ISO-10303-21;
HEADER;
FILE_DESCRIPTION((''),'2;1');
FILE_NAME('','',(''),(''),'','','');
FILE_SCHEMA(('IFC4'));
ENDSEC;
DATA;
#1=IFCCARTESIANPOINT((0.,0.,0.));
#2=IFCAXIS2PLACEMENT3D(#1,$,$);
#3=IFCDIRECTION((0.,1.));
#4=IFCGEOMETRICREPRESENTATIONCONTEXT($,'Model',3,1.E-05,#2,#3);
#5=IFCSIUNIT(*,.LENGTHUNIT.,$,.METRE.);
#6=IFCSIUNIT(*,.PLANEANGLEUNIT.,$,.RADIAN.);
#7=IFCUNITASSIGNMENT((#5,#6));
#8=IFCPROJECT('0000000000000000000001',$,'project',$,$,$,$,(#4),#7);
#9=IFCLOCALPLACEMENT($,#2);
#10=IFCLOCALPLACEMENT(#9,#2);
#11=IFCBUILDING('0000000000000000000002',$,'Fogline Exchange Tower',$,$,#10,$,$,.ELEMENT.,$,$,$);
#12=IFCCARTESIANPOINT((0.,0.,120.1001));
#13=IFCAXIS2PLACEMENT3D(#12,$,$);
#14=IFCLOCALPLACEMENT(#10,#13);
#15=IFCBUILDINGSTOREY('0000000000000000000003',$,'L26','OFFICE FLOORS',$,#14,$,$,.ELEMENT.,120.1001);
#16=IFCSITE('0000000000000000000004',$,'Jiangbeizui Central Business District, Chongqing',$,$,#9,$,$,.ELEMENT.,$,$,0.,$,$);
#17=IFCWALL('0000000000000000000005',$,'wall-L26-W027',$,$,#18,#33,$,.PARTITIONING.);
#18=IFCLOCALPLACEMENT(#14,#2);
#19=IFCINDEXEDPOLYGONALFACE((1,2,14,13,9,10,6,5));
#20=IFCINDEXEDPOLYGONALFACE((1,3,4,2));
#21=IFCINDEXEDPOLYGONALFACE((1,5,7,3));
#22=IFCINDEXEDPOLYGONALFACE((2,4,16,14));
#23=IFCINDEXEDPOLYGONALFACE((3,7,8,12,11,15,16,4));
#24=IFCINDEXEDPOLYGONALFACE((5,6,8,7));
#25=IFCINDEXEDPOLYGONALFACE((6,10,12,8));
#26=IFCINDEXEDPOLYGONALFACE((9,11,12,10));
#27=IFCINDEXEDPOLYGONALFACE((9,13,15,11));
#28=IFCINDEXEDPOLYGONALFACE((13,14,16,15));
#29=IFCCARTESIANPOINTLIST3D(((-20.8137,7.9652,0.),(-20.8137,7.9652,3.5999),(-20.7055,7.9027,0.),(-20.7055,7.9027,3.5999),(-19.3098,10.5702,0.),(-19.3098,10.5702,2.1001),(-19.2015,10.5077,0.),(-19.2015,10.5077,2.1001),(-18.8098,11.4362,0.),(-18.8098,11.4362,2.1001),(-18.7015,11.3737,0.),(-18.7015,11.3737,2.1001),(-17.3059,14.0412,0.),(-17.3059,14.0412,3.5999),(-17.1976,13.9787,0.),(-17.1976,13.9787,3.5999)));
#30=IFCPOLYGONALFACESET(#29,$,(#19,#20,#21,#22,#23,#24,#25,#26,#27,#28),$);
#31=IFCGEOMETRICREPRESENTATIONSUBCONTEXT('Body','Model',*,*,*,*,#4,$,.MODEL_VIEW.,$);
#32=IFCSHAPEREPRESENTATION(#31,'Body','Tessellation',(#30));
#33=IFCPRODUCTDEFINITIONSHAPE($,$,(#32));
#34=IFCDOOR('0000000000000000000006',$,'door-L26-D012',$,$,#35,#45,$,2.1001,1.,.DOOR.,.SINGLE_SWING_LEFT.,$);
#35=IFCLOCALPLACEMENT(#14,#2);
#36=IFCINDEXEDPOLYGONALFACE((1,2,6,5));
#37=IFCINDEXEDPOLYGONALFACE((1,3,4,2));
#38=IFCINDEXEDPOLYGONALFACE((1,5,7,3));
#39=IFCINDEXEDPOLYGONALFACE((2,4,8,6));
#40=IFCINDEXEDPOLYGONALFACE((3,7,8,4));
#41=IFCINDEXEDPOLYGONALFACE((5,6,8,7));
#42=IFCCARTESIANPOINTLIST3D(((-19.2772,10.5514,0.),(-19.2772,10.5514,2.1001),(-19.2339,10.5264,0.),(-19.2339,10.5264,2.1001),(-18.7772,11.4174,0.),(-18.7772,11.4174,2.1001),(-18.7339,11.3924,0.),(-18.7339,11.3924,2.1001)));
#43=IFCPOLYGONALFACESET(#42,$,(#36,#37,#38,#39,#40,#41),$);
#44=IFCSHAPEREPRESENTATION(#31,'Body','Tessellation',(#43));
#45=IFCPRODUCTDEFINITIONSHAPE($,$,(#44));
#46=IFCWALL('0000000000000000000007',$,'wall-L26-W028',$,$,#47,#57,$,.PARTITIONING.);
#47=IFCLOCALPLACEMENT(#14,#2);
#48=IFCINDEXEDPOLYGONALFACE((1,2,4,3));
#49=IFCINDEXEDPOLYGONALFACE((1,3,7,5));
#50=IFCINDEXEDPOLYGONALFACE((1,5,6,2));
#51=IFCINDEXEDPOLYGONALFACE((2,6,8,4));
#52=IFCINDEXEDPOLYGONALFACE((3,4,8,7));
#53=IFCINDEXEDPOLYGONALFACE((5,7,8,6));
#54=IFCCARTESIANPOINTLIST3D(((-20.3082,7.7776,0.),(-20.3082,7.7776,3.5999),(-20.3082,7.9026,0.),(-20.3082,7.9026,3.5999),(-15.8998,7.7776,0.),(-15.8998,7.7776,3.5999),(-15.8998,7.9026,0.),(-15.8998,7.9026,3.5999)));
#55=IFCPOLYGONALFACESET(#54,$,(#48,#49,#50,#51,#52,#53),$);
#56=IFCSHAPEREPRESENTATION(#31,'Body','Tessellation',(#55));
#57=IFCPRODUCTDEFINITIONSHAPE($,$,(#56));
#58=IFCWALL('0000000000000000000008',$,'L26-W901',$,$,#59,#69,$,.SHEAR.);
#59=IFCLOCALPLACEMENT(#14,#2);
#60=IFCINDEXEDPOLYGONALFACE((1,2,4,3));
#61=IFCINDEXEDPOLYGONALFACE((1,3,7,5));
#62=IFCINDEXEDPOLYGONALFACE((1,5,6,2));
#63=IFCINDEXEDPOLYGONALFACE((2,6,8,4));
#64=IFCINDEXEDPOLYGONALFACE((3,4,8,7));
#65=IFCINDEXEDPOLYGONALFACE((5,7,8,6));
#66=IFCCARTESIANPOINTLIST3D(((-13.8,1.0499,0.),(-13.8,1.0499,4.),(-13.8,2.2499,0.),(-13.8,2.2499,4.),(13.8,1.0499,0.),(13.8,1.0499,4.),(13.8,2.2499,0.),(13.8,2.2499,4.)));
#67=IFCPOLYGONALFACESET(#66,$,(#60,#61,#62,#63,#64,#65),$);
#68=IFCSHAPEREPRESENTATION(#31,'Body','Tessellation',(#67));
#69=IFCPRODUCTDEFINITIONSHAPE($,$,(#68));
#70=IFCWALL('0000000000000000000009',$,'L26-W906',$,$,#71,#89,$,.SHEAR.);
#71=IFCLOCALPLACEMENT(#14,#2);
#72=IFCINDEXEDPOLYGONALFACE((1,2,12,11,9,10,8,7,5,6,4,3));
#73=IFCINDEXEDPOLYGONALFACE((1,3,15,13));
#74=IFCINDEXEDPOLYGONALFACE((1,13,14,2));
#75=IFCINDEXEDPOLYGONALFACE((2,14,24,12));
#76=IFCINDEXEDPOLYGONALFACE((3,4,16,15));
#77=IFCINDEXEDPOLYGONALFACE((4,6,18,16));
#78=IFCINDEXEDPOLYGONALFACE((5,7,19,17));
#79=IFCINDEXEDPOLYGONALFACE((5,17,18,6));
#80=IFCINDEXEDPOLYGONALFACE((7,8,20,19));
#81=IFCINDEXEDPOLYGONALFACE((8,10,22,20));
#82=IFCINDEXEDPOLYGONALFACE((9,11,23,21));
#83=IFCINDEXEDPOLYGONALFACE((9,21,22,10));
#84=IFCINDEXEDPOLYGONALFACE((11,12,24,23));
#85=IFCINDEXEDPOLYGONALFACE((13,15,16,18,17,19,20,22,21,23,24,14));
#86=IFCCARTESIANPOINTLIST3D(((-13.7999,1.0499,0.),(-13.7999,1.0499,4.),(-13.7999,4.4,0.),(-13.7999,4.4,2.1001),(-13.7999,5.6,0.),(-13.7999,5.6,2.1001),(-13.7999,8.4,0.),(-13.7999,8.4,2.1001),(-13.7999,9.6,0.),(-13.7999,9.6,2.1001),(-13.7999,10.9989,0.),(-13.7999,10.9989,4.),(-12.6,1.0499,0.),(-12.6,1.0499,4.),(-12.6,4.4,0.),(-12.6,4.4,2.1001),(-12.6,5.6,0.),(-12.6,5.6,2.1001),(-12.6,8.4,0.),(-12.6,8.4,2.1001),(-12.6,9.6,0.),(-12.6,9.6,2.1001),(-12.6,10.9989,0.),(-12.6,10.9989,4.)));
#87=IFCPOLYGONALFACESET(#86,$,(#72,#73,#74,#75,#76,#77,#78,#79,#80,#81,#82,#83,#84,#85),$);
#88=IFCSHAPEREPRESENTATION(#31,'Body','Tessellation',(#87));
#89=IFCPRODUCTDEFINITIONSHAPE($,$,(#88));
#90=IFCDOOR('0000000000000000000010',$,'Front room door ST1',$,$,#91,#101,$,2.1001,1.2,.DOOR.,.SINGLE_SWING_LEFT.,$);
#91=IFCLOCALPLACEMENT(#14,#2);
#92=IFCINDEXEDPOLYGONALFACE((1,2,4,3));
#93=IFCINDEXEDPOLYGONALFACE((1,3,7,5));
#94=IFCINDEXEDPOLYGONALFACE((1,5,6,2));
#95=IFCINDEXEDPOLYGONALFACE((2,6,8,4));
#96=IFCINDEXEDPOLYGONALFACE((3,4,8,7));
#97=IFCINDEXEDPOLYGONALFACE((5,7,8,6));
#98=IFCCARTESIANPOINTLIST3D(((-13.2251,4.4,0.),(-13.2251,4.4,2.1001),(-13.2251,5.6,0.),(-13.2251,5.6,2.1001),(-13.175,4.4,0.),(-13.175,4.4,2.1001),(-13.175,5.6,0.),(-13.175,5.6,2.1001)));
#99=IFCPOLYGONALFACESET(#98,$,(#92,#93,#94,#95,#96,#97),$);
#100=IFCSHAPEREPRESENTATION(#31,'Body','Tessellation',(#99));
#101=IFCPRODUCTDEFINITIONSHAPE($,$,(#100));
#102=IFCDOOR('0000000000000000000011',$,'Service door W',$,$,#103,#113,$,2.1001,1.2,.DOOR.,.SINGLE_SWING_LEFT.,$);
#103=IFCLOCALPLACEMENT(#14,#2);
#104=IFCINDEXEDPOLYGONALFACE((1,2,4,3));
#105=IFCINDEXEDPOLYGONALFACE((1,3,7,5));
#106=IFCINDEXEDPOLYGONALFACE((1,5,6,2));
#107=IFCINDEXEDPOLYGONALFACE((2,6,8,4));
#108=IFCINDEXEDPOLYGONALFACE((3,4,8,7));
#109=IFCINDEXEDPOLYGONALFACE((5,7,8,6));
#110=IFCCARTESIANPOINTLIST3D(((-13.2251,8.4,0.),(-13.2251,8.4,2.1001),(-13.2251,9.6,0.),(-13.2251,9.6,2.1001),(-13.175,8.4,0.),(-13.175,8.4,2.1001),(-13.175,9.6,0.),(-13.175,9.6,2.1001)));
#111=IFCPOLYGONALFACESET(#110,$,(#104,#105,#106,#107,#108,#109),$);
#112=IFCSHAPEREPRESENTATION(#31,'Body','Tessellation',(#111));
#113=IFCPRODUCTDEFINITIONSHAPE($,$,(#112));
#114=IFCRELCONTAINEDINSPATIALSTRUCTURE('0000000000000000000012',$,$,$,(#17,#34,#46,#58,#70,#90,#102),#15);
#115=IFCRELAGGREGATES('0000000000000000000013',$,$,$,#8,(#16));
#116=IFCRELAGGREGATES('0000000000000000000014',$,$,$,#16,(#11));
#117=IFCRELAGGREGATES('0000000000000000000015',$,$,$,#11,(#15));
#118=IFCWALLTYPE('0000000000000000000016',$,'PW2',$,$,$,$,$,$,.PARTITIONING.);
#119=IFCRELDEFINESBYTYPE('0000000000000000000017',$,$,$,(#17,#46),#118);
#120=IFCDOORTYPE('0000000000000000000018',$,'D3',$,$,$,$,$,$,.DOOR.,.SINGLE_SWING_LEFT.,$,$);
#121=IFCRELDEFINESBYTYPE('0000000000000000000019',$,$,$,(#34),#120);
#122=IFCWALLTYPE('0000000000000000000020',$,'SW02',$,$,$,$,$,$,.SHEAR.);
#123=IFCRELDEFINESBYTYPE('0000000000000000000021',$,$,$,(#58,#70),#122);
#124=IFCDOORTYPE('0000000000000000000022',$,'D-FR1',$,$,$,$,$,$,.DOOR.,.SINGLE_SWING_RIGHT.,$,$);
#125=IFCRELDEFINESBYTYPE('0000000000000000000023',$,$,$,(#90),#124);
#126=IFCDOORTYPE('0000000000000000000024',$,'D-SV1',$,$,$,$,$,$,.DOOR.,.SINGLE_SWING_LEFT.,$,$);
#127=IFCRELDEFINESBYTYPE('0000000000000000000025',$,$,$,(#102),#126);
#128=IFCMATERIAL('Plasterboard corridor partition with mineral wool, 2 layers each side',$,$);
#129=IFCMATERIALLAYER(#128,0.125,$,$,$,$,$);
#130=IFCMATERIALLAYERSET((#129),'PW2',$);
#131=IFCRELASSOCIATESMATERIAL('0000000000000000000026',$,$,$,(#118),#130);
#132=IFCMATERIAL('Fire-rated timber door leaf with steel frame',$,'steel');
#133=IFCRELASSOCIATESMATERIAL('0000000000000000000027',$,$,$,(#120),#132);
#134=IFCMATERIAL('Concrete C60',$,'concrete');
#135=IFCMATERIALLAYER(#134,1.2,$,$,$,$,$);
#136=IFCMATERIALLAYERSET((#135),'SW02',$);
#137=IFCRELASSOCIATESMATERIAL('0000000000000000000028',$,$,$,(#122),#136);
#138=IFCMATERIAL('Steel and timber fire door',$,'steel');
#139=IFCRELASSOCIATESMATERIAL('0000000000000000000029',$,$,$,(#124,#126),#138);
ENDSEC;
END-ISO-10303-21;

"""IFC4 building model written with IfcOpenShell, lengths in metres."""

from ifc_helpers import new_model, si_unit, direction, frame, frame_2d, origin, place, context, subcontext, project, spatial, rectangle, extrude, material, layer, layer_set, type_object, element, fill, save


model = new_model("IFC4")

# Units and contexts
model_context = context("Model", 3, precision=1e-05, world=origin(), true_north=direction((0.0, 1.0)))
body_context = subcontext(model_context, "Body", "Model", "MODEL_VIEW")
ifc_project = project(units=[si_unit("LENGTHUNIT", "METRE"), si_unit("PLANEANGLEUNIT", "RADIAN")], contexts=[model_context])

# Site, building, storey
site_placement = place(None, origin())
site = spatial("IfcSite", under=ifc_project, at=site_placement, Name="Jiangbeizui Central Business District, Chongqing", CompositionType="ELEMENT", RefElevation=0.0)
building_placement = place(site_placement, origin())
building = spatial("IfcBuilding", under=site, at=building_placement, Name="Fogline Exchange Tower", CompositionType="ELEMENT")
storey_placement = place(building_placement, frame((0.0, 0.0, 120.1001)))
storey = spatial("IfcBuildingStorey", under=building, at=storey_placement, Name="L26", Description="OFFICE FLOORS", CompositionType="ELEMENT", Elevation=120.1001)

# Shared definitions
ifc_material_1 = material(Name="Plasterboard corridor partition with mineral wool, 2 layers each side")
ifc_layer_1 = layer(ifc_material_1, 0.125)
ifc_layer_set_1 = layer_set([ifc_layer_1], Name="PW2")
wall_type_1 = type_object("IfcWallType", Name="PW2", PredefinedType="PARTITIONING", material=ifc_layer_set_1)

# Shared definitions
ifc_material_2 = material(Name="Fire-rated timber door leaf with steel frame", Category="steel")
door_type_1 = type_object("IfcDoorType", Name="D3", OperationType="SINGLE_SWING_LEFT", PredefinedType="DOOR", material=ifc_material_2)

# Wall, opening, door
wall_1_placement = place(storey_placement, frame((-20.7595, 7.9341, 0.0), z_axis=(0.0, 0.0, 1.0), x_axis=(0.499987, 0.866033, 0.0)))
wall_1 = element("IfcWall", 1, at=wall_1_placement, inside=storey, type_object=wall_type_1, Name="wall-L26-W027", PredefinedType="PARTITIONING", context=body_context, shape_type="SweptSolid", body=[
    extrude(rectangle(XDim=7.0159, YDim=0.125, at=frame_2d((3.5078, 0.0))), origin(), (0.0, 0.0, 1.0), 3.5999),
])
opening_1_placement = place(wall_1_placement, frame((3.0078, 0.0, 0.0)))
opening_1 = element("IfcOpeningElement", 2, at=opening_1_placement, cuts=wall_1, PredefinedType="OPENING", context=body_context, shape_type="SweptSolid", body=[
    extrude(rectangle(XDim=1.0, YDim=2.1001, at=frame_2d((0.5, 1.05))), frame((0.0, 0.0725, 0.0), z_axis=(0.0, -1.0, 0.0), x_axis=(1.0, 0.0, 0.0)), (0.0, 0.0, 1.0), 0.145),
])
door_1_placement = place(opening_1_placement, origin())
door_1 = element("IfcDoor", 3, at=door_1_placement, inside=storey, type_object=door_type_1, Name="door-L26-D012", OperationType="SINGLE_SWING_LEFT", OverallHeight=2.1001, OverallWidth=1.0, PredefinedType="DOOR", context=body_context, shape_type="SweptSolid", body=[
    extrude(rectangle(XDim=1.0, YDim=2.1001, at=frame_2d((0.5, 1.05))), frame((0.0, 0.0249, 0.0), z_axis=(0.0, -1.0, 0.0), x_axis=(1.0, 0.0, 0.0)), (0.0, 0.0, 1.0), 0.05),
])
fill(opening_1, door_1)

# Walls
wall_2_placement = place(storey_placement, frame((-15.8999, 7.8401, 0.0), z_axis=(0.0, 0.0, 1.0), x_axis=(-1.0, 0.0, 0.0)))
element("IfcWall", 4, at=wall_2_placement, inside=storey, type_object=wall_type_1, Name="wall-L26-W028", PredefinedType="PARTITIONING", context=body_context, shape_type="SweptSolid", body=[
    extrude(rectangle(XDim=4.4084, YDim=0.125, at=frame_2d((2.2041, 0.0))), origin(), (0.0, 0.0, 1.0), 3.5999),
])
ifc_material_3 = material(Name="Concrete C60", Category="concrete")
ifc_layer_2 = layer(ifc_material_3, 1.2)
ifc_layer_set_2 = layer_set([ifc_layer_2], Name="SW02")
wall_type_2 = type_object("IfcWallType", Name="SW02", PredefinedType="SHEAR", material=ifc_layer_set_2)
wall_3_placement = place(storey_placement, frame((-13.8, 1.6499, 0.0), z_axis=(0.0, 0.0, 1.0), x_axis=(1.0, 0.0, 0.0)))
element("IfcWall", 5, at=wall_3_placement, inside=storey, type_object=wall_type_2, Name="L26-W901", PredefinedType="SHEAR", context=body_context, shape_type="SweptSolid", body=[
    extrude(rectangle(XDim=27.6001, YDim=1.2, at=frame_2d((13.8, 0.0))), origin(), (0.0, 0.0, 1.0), 4.0),
])

# Wall, openings, doors
wall_4_placement = place(storey_placement, frame((-13.2, 10.999, 0.0), z_axis=(0.0, 0.0, 1.0), x_axis=(0.0, -1.0, 0.0)))
wall_4 = element("IfcWall", 6, at=wall_4_placement, inside=storey, type_object=wall_type_2, Name="L26-W906", PredefinedType="SHEAR", context=body_context, shape_type="SweptSolid", body=[
    extrude(rectangle(XDim=9.949, YDim=1.2, at=frame_2d((4.9746, 0.0))), origin(), (0.0, 0.0, 1.0), 4.0),
])
opening_2_placement = place(wall_4_placement, frame((5.3989, 0.0, 0.0)))
opening_2 = element("IfcOpeningElement", 7, at=opening_2_placement, cuts=wall_4, PredefinedType="OPENING", context=body_context, shape_type="SweptSolid", body=[
    extrude(rectangle(XDim=1.2, YDim=2.1001, at=frame_2d((0.6001, 1.05))), frame((0.0, 0.6099, 0.0), z_axis=(0.0, -1.0, 0.0), x_axis=(1.0, 0.0, 0.0)), (0.0, 0.0, 1.0), 1.22),
])
opening_3_placement = place(wall_4_placement, frame((1.3989, 0.0, 0.0)))
opening_3 = element("IfcOpeningElement", 8, at=opening_3_placement, cuts=wall_4, PredefinedType="OPENING", context=body_context, shape_type="SweptSolid", body=[
    extrude(rectangle(XDim=1.2, YDim=2.1001, at=frame_2d((0.6001, 1.05))), frame((0.0, 0.6099, 0.0), z_axis=(0.0, -1.0, 0.0), x_axis=(1.0, 0.0, 0.0)), (0.0, 0.0, 1.0), 1.22),
])
ifc_material_4 = material(Name="Steel and timber fire door", Category="steel")
door_type_2 = type_object("IfcDoorType", Name="D-FR1", OperationType="SINGLE_SWING_RIGHT", PredefinedType="DOOR", material=ifc_material_4)
door_2_placement = place(opening_2_placement, origin())
door_2 = element("IfcDoor", 9, at=door_2_placement, inside=storey, type_object=door_type_2, Name="Front room door ST1", OperationType="SINGLE_SWING_LEFT", OverallHeight=2.1001, OverallWidth=1.2, PredefinedType="DOOR", context=body_context, shape_type="SweptSolid", body=[
    extrude(rectangle(XDim=1.2, YDim=2.1001, at=frame_2d((0.6001, 1.05))), frame((0.0, 0.0249, 0.0), z_axis=(0.0, -1.0, 0.0), x_axis=(1.0, 0.0, 0.0)), (0.0, 0.0, 1.0), 0.05),
])
fill(opening_2, door_2)
door_type_3 = type_object("IfcDoorType", Name="D-SV1", OperationType="SINGLE_SWING_LEFT", PredefinedType="DOOR", material=ifc_material_4)
door_3_placement = place(opening_3_placement, origin())
door_3 = element("IfcDoor", 10, at=door_3_placement, inside=storey, type_object=door_type_3, Name="Service door W", OperationType="SINGLE_SWING_LEFT", OverallHeight=2.1001, OverallWidth=1.2, PredefinedType="DOOR", context=body_context, shape_type="SweptSolid", body=[
    extrude(rectangle(XDim=1.2, YDim=2.1001, at=frame_2d((0.6001, 1.05))), frame((0.0, 0.0249, 0.0), z_axis=(0.0, -1.0, 0.0), x_axis=(1.0, 0.0, 0.0)), (0.0, 0.0, 1.0), 0.05),
])
fill(opening_3, door_3)

save(model, "model.ifc")
